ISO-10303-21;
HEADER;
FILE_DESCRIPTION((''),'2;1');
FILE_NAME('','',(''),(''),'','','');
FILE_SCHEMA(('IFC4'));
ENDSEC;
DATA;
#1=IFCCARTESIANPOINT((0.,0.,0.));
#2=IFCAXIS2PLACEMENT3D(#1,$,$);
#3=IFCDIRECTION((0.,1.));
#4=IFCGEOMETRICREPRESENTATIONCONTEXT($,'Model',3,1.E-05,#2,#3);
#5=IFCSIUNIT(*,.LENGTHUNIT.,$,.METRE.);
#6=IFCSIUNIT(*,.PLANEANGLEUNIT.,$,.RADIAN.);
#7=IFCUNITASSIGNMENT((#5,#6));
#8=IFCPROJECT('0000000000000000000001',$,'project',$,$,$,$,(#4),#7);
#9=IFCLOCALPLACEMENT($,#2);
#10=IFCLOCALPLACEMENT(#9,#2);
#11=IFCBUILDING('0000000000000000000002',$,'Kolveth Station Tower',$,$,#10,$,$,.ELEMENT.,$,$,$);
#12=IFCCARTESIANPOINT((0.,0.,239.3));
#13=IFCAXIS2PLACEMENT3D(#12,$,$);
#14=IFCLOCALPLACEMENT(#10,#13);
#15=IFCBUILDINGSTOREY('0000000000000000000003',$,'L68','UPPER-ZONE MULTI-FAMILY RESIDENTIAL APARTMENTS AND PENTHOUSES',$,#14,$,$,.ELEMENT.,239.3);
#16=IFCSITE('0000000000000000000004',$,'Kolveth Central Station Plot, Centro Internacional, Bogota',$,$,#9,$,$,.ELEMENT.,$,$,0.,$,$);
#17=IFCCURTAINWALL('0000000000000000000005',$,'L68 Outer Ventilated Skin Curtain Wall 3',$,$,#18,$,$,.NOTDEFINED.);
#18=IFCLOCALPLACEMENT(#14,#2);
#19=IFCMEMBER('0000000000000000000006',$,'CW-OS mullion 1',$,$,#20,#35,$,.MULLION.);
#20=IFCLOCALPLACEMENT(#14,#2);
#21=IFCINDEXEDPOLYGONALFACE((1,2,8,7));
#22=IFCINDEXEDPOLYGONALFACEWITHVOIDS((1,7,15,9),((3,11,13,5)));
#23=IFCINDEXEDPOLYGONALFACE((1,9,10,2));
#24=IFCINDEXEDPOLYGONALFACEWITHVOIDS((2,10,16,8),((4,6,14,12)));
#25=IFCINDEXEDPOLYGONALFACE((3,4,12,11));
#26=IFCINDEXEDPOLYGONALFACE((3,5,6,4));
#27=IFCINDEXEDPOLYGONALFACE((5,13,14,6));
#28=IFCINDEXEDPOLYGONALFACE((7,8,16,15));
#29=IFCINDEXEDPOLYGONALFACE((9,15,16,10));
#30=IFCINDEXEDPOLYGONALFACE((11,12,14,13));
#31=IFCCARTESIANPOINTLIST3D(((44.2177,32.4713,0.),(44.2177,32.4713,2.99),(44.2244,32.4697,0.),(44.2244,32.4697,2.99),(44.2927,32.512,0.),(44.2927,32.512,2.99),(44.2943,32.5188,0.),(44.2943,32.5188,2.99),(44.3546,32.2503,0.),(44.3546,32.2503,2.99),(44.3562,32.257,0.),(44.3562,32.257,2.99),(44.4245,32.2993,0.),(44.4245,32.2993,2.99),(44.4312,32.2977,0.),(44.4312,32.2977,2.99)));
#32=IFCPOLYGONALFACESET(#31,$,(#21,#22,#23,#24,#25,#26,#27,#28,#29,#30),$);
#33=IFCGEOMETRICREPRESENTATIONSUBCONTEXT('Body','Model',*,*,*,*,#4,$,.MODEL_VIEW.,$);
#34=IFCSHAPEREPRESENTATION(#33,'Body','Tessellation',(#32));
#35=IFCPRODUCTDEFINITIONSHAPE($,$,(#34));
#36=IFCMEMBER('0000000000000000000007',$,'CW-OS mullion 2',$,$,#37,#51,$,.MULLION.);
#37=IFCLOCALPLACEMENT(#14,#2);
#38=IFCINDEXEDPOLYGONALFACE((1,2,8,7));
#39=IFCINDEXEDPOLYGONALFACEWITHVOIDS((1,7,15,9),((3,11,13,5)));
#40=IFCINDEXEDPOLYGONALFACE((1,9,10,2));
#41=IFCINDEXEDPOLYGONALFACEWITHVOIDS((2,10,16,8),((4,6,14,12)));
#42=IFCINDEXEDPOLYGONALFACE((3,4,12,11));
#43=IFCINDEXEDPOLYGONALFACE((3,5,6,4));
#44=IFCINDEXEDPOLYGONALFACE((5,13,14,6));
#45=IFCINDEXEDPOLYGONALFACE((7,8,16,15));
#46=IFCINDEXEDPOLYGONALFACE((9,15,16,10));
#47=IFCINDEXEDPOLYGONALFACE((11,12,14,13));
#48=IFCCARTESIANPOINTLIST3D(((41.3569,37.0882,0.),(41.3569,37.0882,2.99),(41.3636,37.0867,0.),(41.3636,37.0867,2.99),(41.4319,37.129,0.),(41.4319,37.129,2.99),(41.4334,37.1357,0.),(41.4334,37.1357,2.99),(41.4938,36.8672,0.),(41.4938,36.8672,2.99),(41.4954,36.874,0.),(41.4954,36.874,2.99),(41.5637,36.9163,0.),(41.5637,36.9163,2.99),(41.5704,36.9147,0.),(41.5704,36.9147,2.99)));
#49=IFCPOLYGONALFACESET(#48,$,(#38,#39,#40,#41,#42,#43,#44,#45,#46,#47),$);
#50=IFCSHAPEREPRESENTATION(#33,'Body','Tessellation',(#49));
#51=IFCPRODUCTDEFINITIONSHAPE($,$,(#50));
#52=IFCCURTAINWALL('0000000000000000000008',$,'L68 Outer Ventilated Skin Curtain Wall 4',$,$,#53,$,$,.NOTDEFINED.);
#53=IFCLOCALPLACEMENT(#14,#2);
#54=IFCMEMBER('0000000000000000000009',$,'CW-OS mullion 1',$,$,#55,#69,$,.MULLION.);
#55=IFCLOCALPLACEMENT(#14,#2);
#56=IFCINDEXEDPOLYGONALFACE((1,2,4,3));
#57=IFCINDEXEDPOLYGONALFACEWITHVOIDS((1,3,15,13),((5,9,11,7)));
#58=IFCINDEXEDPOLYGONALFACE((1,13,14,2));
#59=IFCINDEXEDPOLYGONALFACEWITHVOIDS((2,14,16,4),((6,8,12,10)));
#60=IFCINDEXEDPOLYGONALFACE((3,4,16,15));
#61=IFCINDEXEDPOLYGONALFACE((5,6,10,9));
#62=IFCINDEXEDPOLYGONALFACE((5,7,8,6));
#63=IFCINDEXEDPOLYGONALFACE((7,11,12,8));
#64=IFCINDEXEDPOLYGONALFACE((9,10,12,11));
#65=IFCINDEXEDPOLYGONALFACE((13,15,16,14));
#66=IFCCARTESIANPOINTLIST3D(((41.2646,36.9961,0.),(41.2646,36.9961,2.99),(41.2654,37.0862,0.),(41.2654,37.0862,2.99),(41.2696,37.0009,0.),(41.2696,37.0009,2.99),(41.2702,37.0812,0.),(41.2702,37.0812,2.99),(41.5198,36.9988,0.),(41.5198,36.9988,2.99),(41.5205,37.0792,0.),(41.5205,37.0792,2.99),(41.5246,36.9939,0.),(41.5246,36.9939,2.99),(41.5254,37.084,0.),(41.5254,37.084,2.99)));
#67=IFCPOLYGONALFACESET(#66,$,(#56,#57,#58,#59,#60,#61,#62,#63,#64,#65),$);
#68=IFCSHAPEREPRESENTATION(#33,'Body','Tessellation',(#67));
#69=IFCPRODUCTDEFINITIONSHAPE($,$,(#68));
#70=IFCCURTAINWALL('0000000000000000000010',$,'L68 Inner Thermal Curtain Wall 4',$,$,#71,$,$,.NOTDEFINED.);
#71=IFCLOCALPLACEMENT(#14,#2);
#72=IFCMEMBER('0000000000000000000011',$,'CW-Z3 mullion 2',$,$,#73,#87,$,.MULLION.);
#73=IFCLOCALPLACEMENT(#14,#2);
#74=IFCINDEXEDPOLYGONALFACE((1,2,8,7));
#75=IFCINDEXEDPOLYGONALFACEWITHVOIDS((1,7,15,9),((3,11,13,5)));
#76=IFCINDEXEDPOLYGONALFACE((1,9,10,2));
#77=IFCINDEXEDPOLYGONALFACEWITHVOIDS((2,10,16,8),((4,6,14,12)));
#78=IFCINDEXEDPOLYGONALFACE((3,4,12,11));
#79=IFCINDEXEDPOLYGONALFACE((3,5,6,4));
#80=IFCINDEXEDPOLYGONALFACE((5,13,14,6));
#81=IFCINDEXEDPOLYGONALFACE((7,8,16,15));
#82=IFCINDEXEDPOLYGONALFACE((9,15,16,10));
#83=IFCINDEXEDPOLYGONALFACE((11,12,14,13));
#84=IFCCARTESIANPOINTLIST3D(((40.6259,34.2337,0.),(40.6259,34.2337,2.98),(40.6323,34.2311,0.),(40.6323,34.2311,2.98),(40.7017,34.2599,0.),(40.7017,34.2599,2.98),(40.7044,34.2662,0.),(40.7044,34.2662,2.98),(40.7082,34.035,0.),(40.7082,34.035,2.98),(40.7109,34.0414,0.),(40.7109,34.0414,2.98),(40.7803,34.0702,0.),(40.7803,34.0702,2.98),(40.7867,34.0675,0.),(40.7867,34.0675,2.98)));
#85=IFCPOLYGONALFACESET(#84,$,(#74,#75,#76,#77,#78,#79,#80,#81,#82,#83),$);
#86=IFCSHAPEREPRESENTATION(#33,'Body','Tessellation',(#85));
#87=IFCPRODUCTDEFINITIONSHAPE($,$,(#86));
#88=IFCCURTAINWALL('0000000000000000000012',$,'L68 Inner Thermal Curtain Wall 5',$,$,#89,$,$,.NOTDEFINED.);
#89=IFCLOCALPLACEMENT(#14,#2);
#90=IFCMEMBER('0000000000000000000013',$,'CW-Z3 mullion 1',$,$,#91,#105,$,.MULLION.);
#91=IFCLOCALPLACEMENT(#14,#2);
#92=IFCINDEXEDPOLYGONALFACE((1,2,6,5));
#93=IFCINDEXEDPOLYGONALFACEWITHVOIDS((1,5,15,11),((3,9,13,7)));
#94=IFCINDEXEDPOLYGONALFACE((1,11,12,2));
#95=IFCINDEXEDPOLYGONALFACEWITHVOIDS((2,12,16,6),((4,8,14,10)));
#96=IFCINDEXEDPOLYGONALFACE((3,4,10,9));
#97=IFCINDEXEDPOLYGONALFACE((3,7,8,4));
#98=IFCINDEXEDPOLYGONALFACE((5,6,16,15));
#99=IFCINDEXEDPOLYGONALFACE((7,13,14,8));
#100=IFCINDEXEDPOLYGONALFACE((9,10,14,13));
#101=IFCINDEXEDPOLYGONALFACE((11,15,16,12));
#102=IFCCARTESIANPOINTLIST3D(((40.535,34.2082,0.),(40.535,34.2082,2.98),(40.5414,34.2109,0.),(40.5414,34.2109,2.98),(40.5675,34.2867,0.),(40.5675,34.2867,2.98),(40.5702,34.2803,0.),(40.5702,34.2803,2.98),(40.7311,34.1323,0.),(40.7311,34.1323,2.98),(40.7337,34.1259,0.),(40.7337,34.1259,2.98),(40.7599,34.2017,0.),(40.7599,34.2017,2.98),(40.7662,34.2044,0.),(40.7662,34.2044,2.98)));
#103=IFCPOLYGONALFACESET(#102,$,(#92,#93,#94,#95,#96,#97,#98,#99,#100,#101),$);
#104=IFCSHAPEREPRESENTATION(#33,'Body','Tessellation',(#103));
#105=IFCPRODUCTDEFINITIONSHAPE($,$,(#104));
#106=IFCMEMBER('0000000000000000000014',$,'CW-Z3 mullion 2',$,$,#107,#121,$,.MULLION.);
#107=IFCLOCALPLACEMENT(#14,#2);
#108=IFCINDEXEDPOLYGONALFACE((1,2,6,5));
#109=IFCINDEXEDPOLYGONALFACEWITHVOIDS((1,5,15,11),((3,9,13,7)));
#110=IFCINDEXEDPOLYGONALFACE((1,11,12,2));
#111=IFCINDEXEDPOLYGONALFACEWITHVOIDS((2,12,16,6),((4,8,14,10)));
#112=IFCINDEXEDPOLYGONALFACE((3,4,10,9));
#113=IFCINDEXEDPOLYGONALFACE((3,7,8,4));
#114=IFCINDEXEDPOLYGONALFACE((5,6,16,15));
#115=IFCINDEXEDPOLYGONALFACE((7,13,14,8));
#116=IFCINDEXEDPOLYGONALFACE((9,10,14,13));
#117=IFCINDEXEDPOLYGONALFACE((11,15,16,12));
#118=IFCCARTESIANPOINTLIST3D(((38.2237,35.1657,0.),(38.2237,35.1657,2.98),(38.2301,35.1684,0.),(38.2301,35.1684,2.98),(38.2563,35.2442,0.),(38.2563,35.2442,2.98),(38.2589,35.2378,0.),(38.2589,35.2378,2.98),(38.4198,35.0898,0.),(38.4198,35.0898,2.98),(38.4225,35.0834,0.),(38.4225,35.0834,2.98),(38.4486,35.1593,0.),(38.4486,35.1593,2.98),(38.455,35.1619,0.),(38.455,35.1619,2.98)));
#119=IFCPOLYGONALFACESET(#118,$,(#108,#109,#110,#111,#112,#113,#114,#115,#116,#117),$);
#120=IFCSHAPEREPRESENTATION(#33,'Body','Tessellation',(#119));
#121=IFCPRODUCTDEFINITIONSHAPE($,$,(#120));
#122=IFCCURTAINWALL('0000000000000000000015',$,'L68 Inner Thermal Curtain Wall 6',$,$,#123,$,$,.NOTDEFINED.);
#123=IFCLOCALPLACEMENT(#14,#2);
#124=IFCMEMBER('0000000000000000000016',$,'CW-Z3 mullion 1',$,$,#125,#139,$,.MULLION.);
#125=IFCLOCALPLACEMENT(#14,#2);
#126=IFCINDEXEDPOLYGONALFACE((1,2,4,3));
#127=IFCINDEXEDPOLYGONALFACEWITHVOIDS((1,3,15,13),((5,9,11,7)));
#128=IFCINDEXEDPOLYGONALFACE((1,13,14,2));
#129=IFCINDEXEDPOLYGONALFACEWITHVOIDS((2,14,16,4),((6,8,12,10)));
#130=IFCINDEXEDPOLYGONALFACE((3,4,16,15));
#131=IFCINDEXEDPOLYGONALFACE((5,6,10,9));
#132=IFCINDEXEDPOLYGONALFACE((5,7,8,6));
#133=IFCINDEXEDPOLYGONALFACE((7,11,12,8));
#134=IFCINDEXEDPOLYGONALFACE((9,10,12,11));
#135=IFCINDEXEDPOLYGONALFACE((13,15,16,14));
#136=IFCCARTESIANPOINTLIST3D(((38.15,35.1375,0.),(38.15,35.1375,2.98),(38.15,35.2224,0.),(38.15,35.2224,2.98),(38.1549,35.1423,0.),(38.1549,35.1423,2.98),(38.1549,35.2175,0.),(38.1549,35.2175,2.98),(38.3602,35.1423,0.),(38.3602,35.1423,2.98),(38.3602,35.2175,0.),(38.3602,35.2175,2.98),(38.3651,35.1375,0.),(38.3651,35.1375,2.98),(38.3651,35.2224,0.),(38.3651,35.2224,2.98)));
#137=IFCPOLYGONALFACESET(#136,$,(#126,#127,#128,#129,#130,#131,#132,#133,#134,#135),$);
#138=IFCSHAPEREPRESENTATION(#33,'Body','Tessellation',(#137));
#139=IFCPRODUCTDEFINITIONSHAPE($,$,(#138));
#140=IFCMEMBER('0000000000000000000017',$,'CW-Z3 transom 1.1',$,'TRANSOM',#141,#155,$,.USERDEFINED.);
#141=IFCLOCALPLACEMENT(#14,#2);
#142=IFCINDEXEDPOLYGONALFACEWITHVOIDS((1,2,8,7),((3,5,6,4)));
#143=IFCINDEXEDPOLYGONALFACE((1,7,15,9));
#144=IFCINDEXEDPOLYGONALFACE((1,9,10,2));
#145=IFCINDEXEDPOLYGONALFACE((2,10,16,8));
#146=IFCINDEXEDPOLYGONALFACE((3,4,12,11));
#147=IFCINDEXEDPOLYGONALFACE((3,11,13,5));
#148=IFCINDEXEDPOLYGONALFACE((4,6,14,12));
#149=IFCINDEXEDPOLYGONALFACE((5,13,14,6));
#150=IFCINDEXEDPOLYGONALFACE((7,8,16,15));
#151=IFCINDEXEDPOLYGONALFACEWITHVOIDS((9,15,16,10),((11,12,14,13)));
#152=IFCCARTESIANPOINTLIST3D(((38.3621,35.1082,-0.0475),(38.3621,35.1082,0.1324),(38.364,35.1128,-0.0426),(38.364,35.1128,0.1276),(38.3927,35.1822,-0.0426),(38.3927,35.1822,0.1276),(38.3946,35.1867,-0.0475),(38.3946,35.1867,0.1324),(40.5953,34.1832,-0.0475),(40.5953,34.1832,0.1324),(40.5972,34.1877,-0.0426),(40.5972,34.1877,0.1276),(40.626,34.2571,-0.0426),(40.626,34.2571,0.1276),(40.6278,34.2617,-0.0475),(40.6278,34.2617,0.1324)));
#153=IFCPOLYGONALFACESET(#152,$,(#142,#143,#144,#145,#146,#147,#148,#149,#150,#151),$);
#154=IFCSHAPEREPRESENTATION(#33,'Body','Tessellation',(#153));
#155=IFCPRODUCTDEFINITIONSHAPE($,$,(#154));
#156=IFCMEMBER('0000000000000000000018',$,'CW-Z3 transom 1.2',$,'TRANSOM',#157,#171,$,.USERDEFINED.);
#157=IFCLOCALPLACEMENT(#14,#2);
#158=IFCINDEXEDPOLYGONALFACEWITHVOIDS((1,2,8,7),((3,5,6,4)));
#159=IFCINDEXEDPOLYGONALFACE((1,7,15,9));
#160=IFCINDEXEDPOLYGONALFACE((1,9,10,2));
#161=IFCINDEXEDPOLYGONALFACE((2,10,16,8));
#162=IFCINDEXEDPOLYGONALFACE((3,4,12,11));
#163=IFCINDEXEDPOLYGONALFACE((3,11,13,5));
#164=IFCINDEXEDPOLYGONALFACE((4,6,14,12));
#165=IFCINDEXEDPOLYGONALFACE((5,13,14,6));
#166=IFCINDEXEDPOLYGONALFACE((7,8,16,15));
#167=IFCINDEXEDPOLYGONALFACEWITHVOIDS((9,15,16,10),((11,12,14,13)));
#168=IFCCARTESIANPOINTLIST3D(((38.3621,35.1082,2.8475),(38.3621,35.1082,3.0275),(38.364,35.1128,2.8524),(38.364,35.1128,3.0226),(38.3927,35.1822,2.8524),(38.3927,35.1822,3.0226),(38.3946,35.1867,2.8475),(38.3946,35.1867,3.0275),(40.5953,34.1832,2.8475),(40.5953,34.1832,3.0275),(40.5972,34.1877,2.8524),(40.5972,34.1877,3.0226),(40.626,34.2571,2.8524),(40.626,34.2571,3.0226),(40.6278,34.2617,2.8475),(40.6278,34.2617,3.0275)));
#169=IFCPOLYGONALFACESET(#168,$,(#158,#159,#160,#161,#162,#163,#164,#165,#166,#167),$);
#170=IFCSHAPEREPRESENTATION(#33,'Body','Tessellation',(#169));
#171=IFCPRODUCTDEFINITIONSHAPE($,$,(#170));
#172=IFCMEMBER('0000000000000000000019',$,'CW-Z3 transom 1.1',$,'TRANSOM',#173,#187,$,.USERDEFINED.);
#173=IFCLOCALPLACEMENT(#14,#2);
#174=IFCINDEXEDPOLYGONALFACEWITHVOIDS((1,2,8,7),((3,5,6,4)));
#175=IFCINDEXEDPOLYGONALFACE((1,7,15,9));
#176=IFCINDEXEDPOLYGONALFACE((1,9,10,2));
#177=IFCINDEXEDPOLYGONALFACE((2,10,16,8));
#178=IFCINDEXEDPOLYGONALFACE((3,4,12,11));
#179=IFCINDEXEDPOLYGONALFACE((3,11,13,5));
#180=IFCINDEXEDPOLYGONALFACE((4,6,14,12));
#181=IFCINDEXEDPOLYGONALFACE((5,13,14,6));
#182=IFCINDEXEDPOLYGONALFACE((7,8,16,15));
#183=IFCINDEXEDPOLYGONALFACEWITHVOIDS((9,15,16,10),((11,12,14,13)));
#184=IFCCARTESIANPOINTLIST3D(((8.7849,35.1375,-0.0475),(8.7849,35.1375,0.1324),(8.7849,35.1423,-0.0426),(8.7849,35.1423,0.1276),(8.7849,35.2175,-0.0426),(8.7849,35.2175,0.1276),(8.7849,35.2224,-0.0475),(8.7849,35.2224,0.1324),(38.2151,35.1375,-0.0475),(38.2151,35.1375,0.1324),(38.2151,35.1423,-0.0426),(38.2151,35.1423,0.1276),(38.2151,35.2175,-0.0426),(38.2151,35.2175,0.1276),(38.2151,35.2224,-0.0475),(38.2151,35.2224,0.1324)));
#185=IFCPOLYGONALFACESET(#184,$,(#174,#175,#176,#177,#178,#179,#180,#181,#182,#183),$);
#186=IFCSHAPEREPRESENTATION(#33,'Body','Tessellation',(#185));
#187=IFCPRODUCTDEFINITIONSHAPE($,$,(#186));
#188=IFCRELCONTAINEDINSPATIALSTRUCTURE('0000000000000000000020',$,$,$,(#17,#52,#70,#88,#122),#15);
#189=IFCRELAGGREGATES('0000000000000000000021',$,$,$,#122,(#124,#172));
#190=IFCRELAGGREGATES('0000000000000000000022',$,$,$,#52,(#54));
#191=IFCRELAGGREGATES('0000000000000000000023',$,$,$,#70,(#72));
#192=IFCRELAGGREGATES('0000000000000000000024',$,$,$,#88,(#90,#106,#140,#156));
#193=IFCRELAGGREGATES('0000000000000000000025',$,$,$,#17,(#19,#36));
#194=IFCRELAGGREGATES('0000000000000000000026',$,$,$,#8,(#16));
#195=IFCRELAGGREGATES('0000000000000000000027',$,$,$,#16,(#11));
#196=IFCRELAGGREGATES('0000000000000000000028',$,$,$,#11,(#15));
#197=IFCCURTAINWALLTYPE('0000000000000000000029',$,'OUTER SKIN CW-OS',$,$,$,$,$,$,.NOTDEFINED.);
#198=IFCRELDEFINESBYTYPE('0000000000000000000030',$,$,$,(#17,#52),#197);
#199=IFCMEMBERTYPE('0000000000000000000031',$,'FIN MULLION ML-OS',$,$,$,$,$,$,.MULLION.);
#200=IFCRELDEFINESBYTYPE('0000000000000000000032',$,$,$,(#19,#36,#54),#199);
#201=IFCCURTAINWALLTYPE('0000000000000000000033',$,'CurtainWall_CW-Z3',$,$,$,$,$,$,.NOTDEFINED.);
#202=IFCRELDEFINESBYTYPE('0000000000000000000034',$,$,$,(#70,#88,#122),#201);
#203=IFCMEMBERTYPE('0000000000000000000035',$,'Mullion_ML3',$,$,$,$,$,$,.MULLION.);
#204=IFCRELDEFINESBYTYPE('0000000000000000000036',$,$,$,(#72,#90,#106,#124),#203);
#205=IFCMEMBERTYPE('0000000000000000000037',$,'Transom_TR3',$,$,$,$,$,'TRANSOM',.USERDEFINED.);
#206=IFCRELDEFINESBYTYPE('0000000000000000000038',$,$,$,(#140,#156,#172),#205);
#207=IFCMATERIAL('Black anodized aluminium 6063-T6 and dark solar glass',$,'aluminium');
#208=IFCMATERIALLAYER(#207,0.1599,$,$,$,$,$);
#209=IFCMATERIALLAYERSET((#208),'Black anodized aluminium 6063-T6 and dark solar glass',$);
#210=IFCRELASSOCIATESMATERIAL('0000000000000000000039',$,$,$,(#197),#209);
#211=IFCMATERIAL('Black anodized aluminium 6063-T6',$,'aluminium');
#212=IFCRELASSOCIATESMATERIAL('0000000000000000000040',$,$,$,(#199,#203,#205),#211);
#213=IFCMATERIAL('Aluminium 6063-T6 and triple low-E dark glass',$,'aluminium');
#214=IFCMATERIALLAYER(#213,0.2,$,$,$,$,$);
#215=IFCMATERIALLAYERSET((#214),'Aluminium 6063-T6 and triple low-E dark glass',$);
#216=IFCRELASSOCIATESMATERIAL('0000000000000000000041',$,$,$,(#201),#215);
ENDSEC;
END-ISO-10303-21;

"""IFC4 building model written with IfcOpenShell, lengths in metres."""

from ifc_helpers import new_model, si_unit, direction, frame, origin, origin_2d, place, context, subcontext, project, spatial, hollow_rectangle, extrude, source, transform, mapped, material, layer, layer_set, material_profile, profile_set, type_object, element, aggregate, save


model = new_model("IFC4")

# Units and contexts
model_context = context("Model", 3, precision=1e-05, world=origin(), true_north=direction((0.0, 1.0)))
body_context = subcontext(model_context, "Body", "Model", "MODEL_VIEW")
ifc_project = project(units=[si_unit("LENGTHUNIT", "METRE"), si_unit("PLANEANGLEUNIT", "RADIAN")], contexts=[model_context])

# Site, building, storey
site_placement = place(None, origin())
site = spatial("IfcSite", under=ifc_project, at=site_placement, Name="Kolveth Central Station Plot, Centro Internacional, Bogota", CompositionType="ELEMENT", RefElevation=0.0)
building_placement = place(site_placement, origin())
building = spatial("IfcBuilding", under=site, at=building_placement, Name="Kolveth Station Tower", CompositionType="ELEMENT")
storey_placement = place(building_placement, frame((0.0, 0.0, 239.3)))
storey = spatial("IfcBuildingStorey", under=building, at=storey_placement, Name="L68", Description="UPPER-ZONE MULTI-FAMILY RESIDENTIAL APARTMENTS AND PENTHOUSES", CompositionType="ELEMENT", Elevation=239.3)

# Curtain wall, members
ifc_material_1 = material(Name="Black anodized aluminium 6063-T6 and dark solar glass", Category="aluminium")
ifc_layer_1 = layer(ifc_material_1, 0.1599)
ifc_layer_set_1 = layer_set([ifc_layer_1], Name="Black anodized aluminium 6063-T6 and dark solar glass")
curtain_wall_type_1 = type_object("IfcCurtainWallType", Name="OUTER SKIN CW-OS", PredefinedType="NOTDEFINED", material=ifc_layer_set_1)
curtain_wall_1_placement = place(storey_placement, origin())
curtain_wall_1 = element("IfcCurtainWall", 1, at=curtain_wall_1_placement, inside=storey, type_object=curtain_wall_type_1, Name="L68 Outer Ventilated Skin Curtain Wall 3", PredefinedType="NOTDEFINED")
ifc_material_2 = material(Name="Black anodized aluminium 6063-T6", Category="aluminium")
ifc_material_profile_1 = material_profile(ifc_material_2, hollow_rectangle(XDim=0.0901, YDim=0.26, WallThickness=0.0049, at=origin_2d()), Name="ALU-90x260x5")
ifc_profile_set_1 = profile_set([ifc_material_profile_1], Name="Black anodized aluminium 6063-T6")
member_type_1 = type_object("IfcMemberType", Name="FIN MULLION ML-OS", PredefinedType="MULLION", material=ifc_profile_set_1)
shared_shape_1 = source(origin(), body_context, "Body", "SweptSolid", [
    extrude(hollow_rectangle(XDim=0.0901, YDim=0.26, WallThickness=0.0049, at=origin_2d()), origin(), (0.0, 0.0, 1.0), 2.99),
])
member_1_placement = place(storey_placement, frame((44.3245, 32.3845, 0.0), z_axis=(0.0, 0.0, 1.0), x_axis=(-0.850041, -0.526716, 0.0)))
member_1 = element("IfcMember", 2, at=member_1_placement, type_object=member_type_1, Name="CW-OS mullion 1", PredefinedType="MULLION", context=body_context, shape_type="MappedRepresentation", body=[
    mapped(shared_shape_1, transform((0.0, 0.0, 0.0), x_axis=(1.0, 0.0, 0.0), y_axis=(0.0, 1.0, 0.0), z_axis=(0.0, 0.0, 1.0), scale=1.0)),
])
member_2_placement = place(storey_placement, frame((41.4636, 37.0015, 0.0), z_axis=(0.0, 0.0, 1.0), x_axis=(-0.850041, -0.526716, 0.0)))
member_2 = element("IfcMember", 3, at=member_2_placement, type_object=member_type_1, Name="CW-OS mullion 2", PredefinedType="MULLION", context=body_context, shape_type="MappedRepresentation", body=[
    mapped(shared_shape_1, transform((0.0, 0.0, 0.0), x_axis=(1.0, 0.0, 0.0), y_axis=(0.0, 1.0, 0.0), z_axis=(0.0, 0.0, 1.0), scale=1.0)),
])

# Curtain walls, members
curtain_wall_2_placement = place(storey_placement, origin())
curtain_wall_2 = element("IfcCurtainWall", 4, at=curtain_wall_2_placement, inside=storey, type_object=curtain_wall_type_1, Name="L68 Outer Ventilated Skin Curtain Wall 4", PredefinedType="NOTDEFINED")
member_3_placement = place(storey_placement, frame((41.395, 37.04, 0.0), z_axis=(0.0, 0.0, 1.0), x_axis=(-0.008262, -0.999966, 0.0)))
member_3 = element("IfcMember", 5, at=member_3_placement, type_object=member_type_1, Name="CW-OS mullion 1", PredefinedType="MULLION", context=body_context, shape_type="MappedRepresentation", body=[
    mapped(shared_shape_1, transform((0.0, 0.0, 0.0), x_axis=(1.0, 0.0, 0.0), y_axis=(0.0, 1.0, 0.0), z_axis=(0.0, 0.0, 1.0), scale=1.0)),
])
ifc_material_3 = material(Name="Aluminium 6063-T6 and triple low-E dark glass", Category="aluminium")
ifc_layer_2 = layer(ifc_material_3, 0.2)
ifc_layer_set_2 = layer_set([ifc_layer_2], Name="Aluminium 6063-T6 and triple low-E dark glass")
curtain_wall_type_2 = type_object("IfcCurtainWallType", Name="CurtainWall_CW-Z3", PredefinedType="NOTDEFINED", material=ifc_layer_set_2)
curtain_wall_3_placement = place(storey_placement, origin())
curtain_wall_3 = element("IfcCurtainWall", 6, at=curtain_wall_3_placement, inside=storey, type_object=curtain_wall_type_2, Name="L68 Inner Thermal Curtain Wall 4", PredefinedType="NOTDEFINED")
ifc_material_profile_2 = material_profile(ifc_material_2, hollow_rectangle(XDim=0.085, YDim=0.2151, WallThickness=0.0049, at=origin_2d()), Name="ALU-85x215x5")
ifc_profile_set_2 = profile_set([ifc_material_profile_2], Name="Black anodized aluminium 6063-T6")
member_type_2 = type_object("IfcMemberType", Name="Mullion_ML3", PredefinedType="MULLION", material=ifc_profile_set_2)
shared_shape_2 = source(origin(), body_context, "Body", "SweptSolid", [
    extrude(hollow_rectangle(XDim=0.085, YDim=0.2151, WallThickness=0.0049, at=origin_2d()), origin(), (0.0, 0.0, 1.0), 2.98),
])
member_4_placement = place(storey_placement, frame((40.7063, 34.1506, 0.0), z_axis=(0.0, 0.0, 1.0), x_axis=(-0.923875, -0.382693, 0.0)))
member_4 = element("IfcMember", 7, at=member_4_placement, type_object=member_type_2, Name="CW-Z3 mullion 2", PredefinedType="MULLION", context=body_context, shape_type="MappedRepresentation", body=[
    mapped(shared_shape_2, transform((0.0, 0.0, 0.0), x_axis=(1.0, 0.0, 0.0), y_axis=(0.0, 1.0, 0.0), z_axis=(0.0, 0.0, 1.0), scale=1.0)),
])

# Curtain wall, members
curtain_wall_4_placement = place(storey_placement, origin())
curtain_wall_4 = element("IfcCurtainWall", 8, at=curtain_wall_4_placement, inside=storey, type_object=curtain_wall_type_2, Name="L68 Inner Thermal Curtain Wall 5", PredefinedType="NOTDEFINED")
member_5_placement = place(storey_placement, frame((40.6506, 34.2063, 0.0), z_axis=(0.0, 0.0, 1.0), x_axis=(-0.382693, -0.923875, 0.0)))
member_5 = element("IfcMember", 9, at=member_5_placement, type_object=member_type_2, Name="CW-Z3 mullion 1", PredefinedType="MULLION", context=body_context, shape_type="MappedRepresentation", body=[
    mapped(shared_shape_2, transform((0.0, 0.0, 0.0), x_axis=(1.0, 0.0, 0.0), y_axis=(0.0, 1.0, 0.0), z_axis=(0.0, 0.0, 1.0), scale=1.0)),
])
member_6_placement = place(storey_placement, frame((38.3394, 35.1638, 0.0), z_axis=(0.0, 0.0, 1.0), x_axis=(-0.382693, -0.923875, 0.0)))
member_6 = element("IfcMember", 10, at=member_6_placement, type_object=member_type_2, Name="CW-Z3 mullion 2", PredefinedType="MULLION", context=body_context, shape_type="MappedRepresentation", body=[
    mapped(shared_shape_2, transform((0.0, 0.0, 0.0), x_axis=(1.0, 0.0, 0.0), y_axis=(0.0, 1.0, 0.0), z_axis=(0.0, 0.0, 1.0), scale=1.0)),
])

# Curtain wall, member
curtain_wall_5_placement = place(storey_placement, origin())
curtain_wall_5 = element("IfcCurtainWall", 11, at=curtain_wall_5_placement, inside=storey, type_object=curtain_wall_type_2, Name="L68 Inner Thermal Curtain Wall 6", PredefinedType="NOTDEFINED")
member_7_placement = place(storey_placement, frame((38.2576, 35.1799, 0.0), z_axis=(0.0, 0.0, 1.0), x_axis=(0.0, -1.0, 0.0)))
member_7 = element("IfcMember", 12, at=member_7_placement, type_object=member_type_2, Name="CW-Z3 mullion 1", PredefinedType="MULLION", context=body_context, shape_type="MappedRepresentation", body=[
    mapped(shared_shape_2, transform((0.0, 0.0, 0.0), x_axis=(1.0, 0.0, 0.0), y_axis=(0.0, 1.0, 0.0), z_axis=(0.0, 0.0, 1.0), scale=1.0)),
])

# Members
ifc_material_profile_3 = material_profile(ifc_material_2, hollow_rectangle(XDim=0.085, YDim=0.1799, WallThickness=0.0049, at=origin_2d()), Name="ALU-85x180x5")
ifc_profile_set_3 = profile_set([ifc_material_profile_3], Name="Black anodized aluminium 6063-T6")
member_type_3 = type_object("IfcMemberType", Name="Transom_TR3", ElementType="TRANSOM", PredefinedType="USERDEFINED", material=ifc_profile_set_3)
shared_shape_3 = source(origin(), body_context, "Body", "SweptSolid", [
    extrude(hollow_rectangle(XDim=0.085, YDim=0.1799, WallThickness=0.0049, at=origin_2d()), origin(), (0.0, 0.0, 1.0), 2.4172),
])
member_8_placement = place(storey_placement, frame((40.6116, 34.2224, 0.0425), z_axis=(-0.923873, 0.3827, 0.0), x_axis=(-0.3827, -0.923873, 0.0)))
member_8 = element("IfcMember", 13, at=member_8_placement, type_object=member_type_3, Name="CW-Z3 transom 1.1", ObjectType="TRANSOM", PredefinedType="USERDEFINED", context=body_context, shape_type="MappedRepresentation", body=[
    mapped(shared_shape_3, transform((0.0, 0.0, 0.0), x_axis=(1.0, 0.0, 0.0), y_axis=(0.0, 1.0, 0.0), z_axis=(0.0, 0.0, 1.0), scale=1.0)),
])
member_9_placement = place(storey_placement, frame((40.6116, 34.2224, 2.9375), z_axis=(-0.923873, 0.3827, 0.0), x_axis=(-0.3827, -0.923873, 0.0)))
member_9 = element("IfcMember", 14, at=member_9_placement, type_object=member_type_3, Name="CW-Z3 transom 1.2", ObjectType="TRANSOM", PredefinedType="USERDEFINED", context=body_context, shape_type="MappedRepresentation", body=[
    mapped(shared_shape_3, transform((0.0, 0.0, 0.0), x_axis=(1.0, 0.0, 0.0), y_axis=(0.0, 1.0, 0.0), z_axis=(0.0, 0.0, 1.0), scale=1.0)),
])
shared_shape_4 = source(origin(), body_context, "Body", "SweptSolid", [
    extrude(hollow_rectangle(XDim=0.085, YDim=0.1799, WallThickness=0.0049, at=origin_2d()), origin(), (0.0, 0.0, 1.0), 29.4302),
])
member_10_placement = place(storey_placement, frame((38.2151, 35.1799, 0.0425), z_axis=(-1.0, 0.0, 0.0), x_axis=(0.0, -1.0, 0.0)))
member_10 = element("IfcMember", 15, at=member_10_placement, type_object=member_type_3, Name="CW-Z3 transom 1.1", ObjectType="TRANSOM", PredefinedType="USERDEFINED", context=body_context, shape_type="MappedRepresentation", body=[
    mapped(shared_shape_4, transform((0.0, 0.0, 0.0), x_axis=(1.0, 0.0, 0.0), y_axis=(0.0, 1.0, 0.0), z_axis=(0.0, 0.0, 1.0), scale=1.0)),
])
aggregate(curtain_wall_5, [member_7, member_10])
aggregate(curtain_wall_2, [member_3])

aggregate(curtain_wall_3, [member_4])
aggregate(curtain_wall_4, [member_5, member_6, member_8, member_9])
aggregate(curtain_wall_1, [member_1, member_2])

save(model, "model.ifc")
